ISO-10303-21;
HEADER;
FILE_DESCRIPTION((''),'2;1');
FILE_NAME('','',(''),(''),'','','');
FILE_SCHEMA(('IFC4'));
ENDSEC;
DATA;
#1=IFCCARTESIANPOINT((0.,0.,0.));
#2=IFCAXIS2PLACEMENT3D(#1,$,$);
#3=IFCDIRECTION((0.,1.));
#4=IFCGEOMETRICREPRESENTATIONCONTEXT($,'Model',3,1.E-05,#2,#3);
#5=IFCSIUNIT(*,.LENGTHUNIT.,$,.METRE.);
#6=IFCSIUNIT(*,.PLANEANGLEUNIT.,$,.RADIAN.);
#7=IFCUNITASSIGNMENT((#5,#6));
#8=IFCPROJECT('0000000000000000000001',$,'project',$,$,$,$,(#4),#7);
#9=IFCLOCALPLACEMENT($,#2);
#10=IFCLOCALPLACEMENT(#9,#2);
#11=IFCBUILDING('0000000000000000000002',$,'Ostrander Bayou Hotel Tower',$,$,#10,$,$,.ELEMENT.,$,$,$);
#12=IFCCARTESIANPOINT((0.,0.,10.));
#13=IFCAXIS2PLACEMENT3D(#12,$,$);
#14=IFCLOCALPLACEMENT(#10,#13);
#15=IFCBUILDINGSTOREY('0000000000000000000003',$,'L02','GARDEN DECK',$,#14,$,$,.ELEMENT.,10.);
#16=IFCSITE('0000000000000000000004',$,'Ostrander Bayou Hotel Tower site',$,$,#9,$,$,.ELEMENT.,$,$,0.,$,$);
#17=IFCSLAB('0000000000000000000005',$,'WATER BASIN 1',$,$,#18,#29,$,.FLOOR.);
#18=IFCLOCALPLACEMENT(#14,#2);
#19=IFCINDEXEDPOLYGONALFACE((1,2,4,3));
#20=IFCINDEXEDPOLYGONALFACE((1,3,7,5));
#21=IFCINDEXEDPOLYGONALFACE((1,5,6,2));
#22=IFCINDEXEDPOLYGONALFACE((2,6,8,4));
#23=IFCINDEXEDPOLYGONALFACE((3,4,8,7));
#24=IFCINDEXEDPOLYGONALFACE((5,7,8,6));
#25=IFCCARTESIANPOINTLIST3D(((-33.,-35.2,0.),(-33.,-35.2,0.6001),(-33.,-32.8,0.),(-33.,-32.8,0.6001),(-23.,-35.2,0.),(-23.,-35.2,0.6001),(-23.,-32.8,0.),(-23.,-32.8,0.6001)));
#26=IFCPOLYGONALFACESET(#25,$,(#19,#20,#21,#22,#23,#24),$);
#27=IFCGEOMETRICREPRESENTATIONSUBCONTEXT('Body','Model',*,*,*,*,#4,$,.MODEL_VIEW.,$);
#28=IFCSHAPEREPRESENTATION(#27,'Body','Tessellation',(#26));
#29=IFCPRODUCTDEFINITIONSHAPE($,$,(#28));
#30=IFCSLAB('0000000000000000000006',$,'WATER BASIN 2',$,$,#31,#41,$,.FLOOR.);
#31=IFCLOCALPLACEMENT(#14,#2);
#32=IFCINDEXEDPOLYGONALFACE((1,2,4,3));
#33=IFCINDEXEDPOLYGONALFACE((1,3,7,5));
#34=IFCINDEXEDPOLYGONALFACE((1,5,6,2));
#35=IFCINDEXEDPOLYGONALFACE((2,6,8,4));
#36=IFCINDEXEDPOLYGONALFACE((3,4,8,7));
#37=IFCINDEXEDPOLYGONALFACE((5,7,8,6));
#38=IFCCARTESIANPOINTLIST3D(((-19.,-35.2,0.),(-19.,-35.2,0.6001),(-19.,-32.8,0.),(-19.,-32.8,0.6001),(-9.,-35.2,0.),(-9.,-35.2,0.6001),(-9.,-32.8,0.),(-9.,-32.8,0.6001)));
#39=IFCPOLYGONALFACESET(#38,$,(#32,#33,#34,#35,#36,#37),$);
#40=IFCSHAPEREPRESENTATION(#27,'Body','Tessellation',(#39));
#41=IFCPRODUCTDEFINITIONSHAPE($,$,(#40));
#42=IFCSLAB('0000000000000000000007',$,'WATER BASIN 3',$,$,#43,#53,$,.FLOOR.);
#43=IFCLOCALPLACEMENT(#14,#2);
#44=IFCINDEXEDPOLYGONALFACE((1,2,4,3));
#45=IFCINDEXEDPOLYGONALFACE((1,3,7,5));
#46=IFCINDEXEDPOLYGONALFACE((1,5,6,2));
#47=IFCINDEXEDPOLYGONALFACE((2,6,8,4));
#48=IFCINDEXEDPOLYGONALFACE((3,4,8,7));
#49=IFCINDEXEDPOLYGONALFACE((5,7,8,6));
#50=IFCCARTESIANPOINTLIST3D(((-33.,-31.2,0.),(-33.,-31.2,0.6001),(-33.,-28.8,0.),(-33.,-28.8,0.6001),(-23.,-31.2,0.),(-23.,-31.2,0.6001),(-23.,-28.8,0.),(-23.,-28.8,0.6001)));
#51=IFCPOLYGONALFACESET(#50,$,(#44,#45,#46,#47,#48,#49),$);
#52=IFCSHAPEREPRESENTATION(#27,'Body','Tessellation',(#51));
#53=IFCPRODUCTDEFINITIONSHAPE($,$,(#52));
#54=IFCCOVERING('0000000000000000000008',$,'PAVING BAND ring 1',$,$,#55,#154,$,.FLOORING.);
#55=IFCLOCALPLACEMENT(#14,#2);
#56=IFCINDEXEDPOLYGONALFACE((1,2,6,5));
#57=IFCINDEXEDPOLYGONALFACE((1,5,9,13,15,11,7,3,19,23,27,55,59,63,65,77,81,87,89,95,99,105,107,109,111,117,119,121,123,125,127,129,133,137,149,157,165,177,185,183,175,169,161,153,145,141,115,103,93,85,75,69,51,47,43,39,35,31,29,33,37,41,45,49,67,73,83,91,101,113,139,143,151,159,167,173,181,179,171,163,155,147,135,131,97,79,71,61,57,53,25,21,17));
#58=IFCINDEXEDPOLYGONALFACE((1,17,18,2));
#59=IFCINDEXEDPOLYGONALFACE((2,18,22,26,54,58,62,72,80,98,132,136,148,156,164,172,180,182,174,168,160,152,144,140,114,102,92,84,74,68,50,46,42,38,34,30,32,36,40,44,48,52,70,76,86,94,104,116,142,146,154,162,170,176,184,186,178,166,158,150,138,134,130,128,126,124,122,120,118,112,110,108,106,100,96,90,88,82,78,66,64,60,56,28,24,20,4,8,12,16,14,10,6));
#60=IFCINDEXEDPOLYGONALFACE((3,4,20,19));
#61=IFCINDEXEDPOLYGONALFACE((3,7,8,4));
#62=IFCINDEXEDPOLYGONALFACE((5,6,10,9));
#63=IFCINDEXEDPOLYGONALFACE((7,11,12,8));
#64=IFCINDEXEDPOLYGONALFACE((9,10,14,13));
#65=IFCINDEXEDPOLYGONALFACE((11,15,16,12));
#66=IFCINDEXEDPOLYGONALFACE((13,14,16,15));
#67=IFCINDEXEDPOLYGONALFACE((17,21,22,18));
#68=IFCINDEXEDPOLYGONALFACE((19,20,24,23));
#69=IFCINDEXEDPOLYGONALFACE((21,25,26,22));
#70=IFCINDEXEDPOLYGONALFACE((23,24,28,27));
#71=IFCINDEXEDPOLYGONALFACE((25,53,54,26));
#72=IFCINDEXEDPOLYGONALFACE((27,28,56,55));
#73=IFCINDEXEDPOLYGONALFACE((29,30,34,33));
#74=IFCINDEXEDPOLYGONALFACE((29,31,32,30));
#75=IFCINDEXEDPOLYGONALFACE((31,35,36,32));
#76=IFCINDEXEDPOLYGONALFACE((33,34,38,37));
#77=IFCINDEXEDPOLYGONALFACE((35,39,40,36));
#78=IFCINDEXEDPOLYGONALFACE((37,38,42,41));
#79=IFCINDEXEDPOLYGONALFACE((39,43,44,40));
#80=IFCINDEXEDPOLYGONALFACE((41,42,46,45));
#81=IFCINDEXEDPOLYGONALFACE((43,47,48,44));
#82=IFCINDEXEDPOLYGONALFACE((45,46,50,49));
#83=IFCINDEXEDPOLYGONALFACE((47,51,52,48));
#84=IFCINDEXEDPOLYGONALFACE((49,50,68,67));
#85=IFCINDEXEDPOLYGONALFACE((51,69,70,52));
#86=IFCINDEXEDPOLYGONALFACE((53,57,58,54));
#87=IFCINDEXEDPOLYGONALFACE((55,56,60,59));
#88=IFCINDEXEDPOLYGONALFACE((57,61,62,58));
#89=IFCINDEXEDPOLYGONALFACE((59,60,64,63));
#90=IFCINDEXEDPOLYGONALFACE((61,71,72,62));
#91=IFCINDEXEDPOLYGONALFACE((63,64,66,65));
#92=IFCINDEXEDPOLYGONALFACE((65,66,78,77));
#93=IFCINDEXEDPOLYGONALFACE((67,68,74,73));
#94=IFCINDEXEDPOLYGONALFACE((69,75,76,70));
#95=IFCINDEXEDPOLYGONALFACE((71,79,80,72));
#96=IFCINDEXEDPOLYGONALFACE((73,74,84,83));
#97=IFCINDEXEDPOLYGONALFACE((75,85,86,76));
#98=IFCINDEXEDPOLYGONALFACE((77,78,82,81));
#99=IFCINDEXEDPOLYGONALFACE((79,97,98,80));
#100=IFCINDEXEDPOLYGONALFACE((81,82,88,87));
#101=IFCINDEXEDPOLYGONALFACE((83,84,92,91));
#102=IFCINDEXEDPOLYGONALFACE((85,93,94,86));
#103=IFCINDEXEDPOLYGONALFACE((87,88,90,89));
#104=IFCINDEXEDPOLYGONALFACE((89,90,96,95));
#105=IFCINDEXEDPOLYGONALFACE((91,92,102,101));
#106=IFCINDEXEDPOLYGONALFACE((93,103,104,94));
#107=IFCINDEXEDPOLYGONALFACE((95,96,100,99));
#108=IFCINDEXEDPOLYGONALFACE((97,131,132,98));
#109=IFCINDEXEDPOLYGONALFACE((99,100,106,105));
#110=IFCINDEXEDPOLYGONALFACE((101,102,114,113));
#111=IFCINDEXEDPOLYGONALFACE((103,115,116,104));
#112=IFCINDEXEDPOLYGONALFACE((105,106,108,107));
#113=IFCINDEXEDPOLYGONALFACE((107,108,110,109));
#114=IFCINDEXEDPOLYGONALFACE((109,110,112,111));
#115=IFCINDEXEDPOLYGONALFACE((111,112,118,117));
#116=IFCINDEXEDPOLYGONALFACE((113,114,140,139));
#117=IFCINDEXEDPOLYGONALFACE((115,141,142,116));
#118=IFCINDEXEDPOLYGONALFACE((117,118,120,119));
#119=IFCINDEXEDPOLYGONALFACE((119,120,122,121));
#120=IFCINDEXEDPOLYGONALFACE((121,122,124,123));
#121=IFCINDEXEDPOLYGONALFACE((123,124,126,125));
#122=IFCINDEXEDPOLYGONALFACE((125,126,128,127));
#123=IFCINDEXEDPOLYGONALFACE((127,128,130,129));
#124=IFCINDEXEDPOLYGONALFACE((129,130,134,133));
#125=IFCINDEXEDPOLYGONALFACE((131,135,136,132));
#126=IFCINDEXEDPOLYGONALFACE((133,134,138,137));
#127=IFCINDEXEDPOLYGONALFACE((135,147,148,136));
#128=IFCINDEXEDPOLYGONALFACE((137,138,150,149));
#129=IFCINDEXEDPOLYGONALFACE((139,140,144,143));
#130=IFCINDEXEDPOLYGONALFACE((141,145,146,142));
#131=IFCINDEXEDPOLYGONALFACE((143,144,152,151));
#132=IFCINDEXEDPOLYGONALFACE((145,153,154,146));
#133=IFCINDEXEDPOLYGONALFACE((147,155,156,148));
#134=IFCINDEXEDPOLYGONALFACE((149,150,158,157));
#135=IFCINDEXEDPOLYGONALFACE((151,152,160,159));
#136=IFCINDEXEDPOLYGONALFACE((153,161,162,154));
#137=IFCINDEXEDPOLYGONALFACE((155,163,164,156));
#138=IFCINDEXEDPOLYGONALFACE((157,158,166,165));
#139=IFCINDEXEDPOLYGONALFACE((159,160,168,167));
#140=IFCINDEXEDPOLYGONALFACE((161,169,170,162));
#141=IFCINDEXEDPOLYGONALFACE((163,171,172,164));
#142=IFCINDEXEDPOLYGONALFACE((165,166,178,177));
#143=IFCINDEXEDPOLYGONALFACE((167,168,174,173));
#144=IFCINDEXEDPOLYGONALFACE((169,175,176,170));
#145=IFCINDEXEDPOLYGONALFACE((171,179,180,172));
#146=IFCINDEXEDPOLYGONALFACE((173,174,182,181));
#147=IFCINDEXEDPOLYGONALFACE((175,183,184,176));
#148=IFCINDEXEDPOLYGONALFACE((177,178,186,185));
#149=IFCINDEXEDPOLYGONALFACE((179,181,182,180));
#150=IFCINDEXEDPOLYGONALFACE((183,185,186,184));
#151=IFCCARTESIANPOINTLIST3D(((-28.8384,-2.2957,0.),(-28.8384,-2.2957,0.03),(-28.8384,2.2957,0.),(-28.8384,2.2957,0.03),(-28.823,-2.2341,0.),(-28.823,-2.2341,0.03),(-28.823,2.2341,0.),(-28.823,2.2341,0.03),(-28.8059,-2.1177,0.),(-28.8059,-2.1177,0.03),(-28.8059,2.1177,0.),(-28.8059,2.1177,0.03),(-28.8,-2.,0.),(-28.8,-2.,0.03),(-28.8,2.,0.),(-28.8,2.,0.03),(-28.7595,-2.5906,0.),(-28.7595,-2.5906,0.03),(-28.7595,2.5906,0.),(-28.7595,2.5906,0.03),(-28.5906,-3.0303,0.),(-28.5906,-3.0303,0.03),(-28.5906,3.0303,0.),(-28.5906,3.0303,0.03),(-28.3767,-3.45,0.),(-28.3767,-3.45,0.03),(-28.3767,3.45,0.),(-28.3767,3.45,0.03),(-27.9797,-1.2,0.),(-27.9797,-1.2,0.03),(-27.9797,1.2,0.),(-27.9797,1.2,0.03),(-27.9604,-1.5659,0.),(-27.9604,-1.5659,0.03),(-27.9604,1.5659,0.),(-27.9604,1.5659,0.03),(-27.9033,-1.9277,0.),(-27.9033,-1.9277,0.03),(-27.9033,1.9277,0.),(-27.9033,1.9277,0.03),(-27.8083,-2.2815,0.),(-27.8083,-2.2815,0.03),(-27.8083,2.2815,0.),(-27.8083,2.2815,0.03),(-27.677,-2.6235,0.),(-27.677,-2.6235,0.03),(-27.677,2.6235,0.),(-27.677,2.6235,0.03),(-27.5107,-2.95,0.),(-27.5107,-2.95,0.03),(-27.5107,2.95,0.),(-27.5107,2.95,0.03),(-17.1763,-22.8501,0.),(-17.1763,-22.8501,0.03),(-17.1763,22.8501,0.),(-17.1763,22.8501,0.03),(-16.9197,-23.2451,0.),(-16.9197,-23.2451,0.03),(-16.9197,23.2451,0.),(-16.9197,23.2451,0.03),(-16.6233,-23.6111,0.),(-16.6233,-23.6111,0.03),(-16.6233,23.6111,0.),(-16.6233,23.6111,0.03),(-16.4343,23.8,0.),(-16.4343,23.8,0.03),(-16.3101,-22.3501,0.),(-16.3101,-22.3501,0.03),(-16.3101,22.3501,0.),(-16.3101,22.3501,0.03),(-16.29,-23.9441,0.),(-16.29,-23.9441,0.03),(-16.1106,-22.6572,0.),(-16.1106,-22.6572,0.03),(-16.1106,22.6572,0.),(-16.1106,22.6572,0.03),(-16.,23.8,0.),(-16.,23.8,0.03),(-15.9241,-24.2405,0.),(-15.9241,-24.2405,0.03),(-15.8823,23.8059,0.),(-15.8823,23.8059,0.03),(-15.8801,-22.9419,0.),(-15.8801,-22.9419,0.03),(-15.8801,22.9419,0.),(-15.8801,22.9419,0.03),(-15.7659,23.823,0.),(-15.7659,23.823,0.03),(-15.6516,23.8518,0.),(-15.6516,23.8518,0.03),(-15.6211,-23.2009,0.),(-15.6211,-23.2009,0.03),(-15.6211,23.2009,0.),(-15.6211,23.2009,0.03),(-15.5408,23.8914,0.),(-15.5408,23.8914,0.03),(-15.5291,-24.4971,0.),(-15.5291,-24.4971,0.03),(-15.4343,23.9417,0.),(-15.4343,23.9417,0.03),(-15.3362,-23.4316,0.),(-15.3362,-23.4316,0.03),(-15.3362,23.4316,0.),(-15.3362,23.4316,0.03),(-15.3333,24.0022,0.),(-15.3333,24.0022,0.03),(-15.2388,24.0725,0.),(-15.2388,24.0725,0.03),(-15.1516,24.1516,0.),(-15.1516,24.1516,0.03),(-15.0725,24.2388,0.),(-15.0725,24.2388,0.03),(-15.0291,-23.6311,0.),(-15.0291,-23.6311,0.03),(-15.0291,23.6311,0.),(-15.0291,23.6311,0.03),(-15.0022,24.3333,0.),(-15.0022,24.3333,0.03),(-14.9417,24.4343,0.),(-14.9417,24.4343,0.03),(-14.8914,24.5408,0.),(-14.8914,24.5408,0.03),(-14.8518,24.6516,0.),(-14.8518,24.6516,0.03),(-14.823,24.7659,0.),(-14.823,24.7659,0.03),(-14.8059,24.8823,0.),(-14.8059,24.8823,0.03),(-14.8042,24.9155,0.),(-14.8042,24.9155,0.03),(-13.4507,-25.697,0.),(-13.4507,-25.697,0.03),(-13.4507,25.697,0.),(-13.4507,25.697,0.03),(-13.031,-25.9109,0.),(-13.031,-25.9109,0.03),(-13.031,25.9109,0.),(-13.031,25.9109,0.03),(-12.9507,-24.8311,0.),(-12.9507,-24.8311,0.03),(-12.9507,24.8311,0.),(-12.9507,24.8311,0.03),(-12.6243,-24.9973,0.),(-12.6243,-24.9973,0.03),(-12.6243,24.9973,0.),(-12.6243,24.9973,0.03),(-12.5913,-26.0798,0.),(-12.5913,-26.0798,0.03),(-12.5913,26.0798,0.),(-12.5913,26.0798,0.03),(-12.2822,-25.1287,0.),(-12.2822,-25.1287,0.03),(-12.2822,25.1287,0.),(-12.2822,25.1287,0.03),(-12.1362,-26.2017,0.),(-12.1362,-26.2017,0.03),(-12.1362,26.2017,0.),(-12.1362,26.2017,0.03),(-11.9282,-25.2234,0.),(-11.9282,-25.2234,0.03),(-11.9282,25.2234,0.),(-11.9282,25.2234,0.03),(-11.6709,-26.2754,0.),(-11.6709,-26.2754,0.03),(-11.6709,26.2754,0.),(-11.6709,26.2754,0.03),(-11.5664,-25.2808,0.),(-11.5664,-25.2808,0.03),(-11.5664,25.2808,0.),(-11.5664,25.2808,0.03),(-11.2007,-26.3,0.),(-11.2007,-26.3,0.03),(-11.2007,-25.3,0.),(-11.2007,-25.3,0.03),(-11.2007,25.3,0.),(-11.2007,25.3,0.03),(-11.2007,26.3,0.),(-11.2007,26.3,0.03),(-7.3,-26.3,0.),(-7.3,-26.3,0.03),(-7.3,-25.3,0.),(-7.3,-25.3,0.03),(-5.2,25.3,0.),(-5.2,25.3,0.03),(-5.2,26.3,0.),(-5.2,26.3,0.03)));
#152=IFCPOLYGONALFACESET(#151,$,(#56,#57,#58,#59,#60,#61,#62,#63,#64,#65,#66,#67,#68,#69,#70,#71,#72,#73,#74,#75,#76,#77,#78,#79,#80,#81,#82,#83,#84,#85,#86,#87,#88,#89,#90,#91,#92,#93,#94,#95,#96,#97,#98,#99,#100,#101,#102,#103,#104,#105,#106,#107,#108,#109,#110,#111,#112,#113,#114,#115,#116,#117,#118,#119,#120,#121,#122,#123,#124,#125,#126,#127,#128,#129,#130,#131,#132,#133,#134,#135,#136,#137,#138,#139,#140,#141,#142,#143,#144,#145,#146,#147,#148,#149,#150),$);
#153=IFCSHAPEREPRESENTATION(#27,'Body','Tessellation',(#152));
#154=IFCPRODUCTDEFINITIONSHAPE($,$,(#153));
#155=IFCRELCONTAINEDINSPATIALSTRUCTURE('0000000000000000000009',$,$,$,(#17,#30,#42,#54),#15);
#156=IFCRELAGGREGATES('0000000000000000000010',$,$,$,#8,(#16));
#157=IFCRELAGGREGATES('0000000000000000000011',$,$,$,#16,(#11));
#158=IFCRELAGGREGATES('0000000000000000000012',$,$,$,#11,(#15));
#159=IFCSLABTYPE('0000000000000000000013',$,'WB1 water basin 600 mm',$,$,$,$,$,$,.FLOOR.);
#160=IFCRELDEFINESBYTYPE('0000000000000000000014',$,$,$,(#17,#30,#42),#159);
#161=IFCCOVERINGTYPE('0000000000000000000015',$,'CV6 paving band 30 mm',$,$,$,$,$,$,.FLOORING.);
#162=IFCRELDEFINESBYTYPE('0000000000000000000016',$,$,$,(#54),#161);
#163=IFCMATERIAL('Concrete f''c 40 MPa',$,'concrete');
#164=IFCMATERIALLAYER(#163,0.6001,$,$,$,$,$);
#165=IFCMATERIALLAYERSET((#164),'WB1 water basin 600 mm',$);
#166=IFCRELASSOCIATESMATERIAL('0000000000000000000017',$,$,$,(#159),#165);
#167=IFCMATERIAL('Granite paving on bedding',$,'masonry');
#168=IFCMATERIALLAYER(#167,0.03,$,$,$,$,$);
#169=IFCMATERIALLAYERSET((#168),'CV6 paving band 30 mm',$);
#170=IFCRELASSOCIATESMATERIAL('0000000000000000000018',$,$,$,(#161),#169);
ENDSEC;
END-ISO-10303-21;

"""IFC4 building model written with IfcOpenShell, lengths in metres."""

from ifc_helpers import new_model, si_unit, direction, frame, origin, place, context, subcontext, project, spatial, polyline, outline, extrude, material, layer, layer_set, type_object, element, save


model = new_model("IFC4")

# Units and contexts
model_context = context("Model", 3, precision=1e-05, world=origin(), true_north=direction((0.0, 1.0)))
body_context = subcontext(model_context, "Body", "Model", "MODEL_VIEW")
ifc_project = project(units=[si_unit("LENGTHUNIT", "METRE"), si_unit("PLANEANGLEUNIT", "RADIAN")], contexts=[model_context])

# Site, building, storey
site_placement = place(None, origin())
site = spatial("IfcSite", under=ifc_project, at=site_placement, Name="Ostrander Bayou Hotel Tower site", CompositionType="ELEMENT", RefElevation=0.0)
building_placement = place(site_placement, origin())
building = spatial("IfcBuilding", under=site, at=building_placement, Name="Ostrander Bayou Hotel Tower", CompositionType="ELEMENT")
storey_placement = place(building_placement, frame((0.0, 0.0, 10.0)))
storey = spatial("IfcBuildingStorey", under=building, at=storey_placement, Name="L02", Description="GARDEN DECK", CompositionType="ELEMENT", Elevation=10.0)

# Slabs
ifc_material_1 = material(Name="Concrete f'c 40 MPa", Category="concrete")
ifc_layer_1 = layer(ifc_material_1, 0.6001)
ifc_layer_set_1 = layer_set([ifc_layer_1], Name="WB1 water basin 600 mm")
slab_type_1 = type_object("IfcSlabType", Name="WB1 water basin 600 mm", PredefinedType="FLOOR", material=ifc_layer_set_1)
slab_1_placement = place(storey_placement, origin())
element("IfcSlab", 1, at=slab_1_placement, inside=storey, type_object=slab_type_1, Name="WATER BASIN 1", PredefinedType="FLOOR", context=body_context, shape_type="SweptSolid", body=[
    extrude(outline(polyline([(-23.0, -35.2), (-23.0, -32.8), (-33.0, -32.8), (-33.0, -35.2), (-23.0, -35.2)])), origin(), (0.0, 0.0, 1.0), 0.6001),
])
slab_2_placement = place(storey_placement, origin())
element("IfcSlab", 2, at=slab_2_placement, inside=storey, type_object=slab_type_1, Name="WATER BASIN 2", PredefinedType="FLOOR", context=body_context, shape_type="SweptSolid", body=[
    extrude(outline(polyline([(-9.0, -35.2), (-9.0, -32.8), (-19.0, -32.8), (-19.0, -35.2), (-9.0, -35.2)])), origin(), (0.0, 0.0, 1.0), 0.6001),
])
slab_3_placement = place(storey_placement, origin())
element("IfcSlab", 3, at=slab_3_placement, inside=storey, type_object=slab_type_1, Name="WATER BASIN 3", PredefinedType="FLOOR", context=body_context, shape_type="SweptSolid", body=[
    extrude(outline(polyline([(-23.0, -31.2), (-23.0, -28.8), (-33.0, -28.8), (-33.0, -31.2), (-23.0, -31.2)])), origin(), (0.0, 0.0, 1.0), 0.6001),
])

# Covering
ifc_material_2 = material(Name="Granite paving on bedding", Category="masonry")
ifc_layer_2 = layer(ifc_material_2, 0.03)
ifc_layer_set_2 = layer_set([ifc_layer_2], Name="CV6 paving band 30 mm")
covering_type = type_object("IfcCoveringType", Name="CV6 paving band 30 mm", PredefinedType="FLOORING", material=ifc_layer_set_2)
covering_1_placement = place(storey_placement, origin())
element("IfcCovering", 4, at=covering_1_placement, inside=storey, type_object=covering_type, Name="PAVING BAND ring 1", PredefinedType="FLOORING", context=body_context, shape_type="SweptSolid", body=[
    extrude(outline(polyline([(-16.4343, 23.8), (-16.0, 23.8), (-15.8823, 23.8059), (-15.7659, 23.823), (-15.6516, 23.8518), (-15.5408, 23.8914), (-15.4343, 23.9417), (-15.3333, 24.0022), (-15.2388, 24.0725), (-15.1516, 24.1516), (-15.0725, 24.2388), (-15.0022, 24.3333), (-14.9417, 24.4343), (-14.8914, 24.5408), (-14.8518, 24.6516), (-14.823, 24.7659), (-14.8059, 24.8823), (-14.8042, 24.9155), (-13.4507, 25.697), (-13.031, 25.9109), (-12.5913, 26.0798), (-12.1362, 26.2017), (-11.6709, 26.2754), (-11.2007, 26.3), (-5.2, 26.3), (-5.2, 25.3), (-11.2007, 25.3), (-11.5664, 25.2808), (-11.9282, 25.2234), (-12.2822, 25.1287), (-12.6243, 24.9973), (-12.9507, 24.8311), (-15.0291, 23.6311), (-15.3362, 23.4316), (-15.6211, 23.2009), (-15.8801, 22.9419), (-16.1106, 22.6572), (-16.3101, 22.3501), (-27.5107, 2.95), (-27.677, 2.6235), (-27.8083, 2.2815), (-27.9033, 1.9277), (-27.9604, 1.5659), (-27.9797, 1.2), (-27.9797, -1.2), (-27.9604, -1.5659), (-27.9033, -1.9277), (-27.8083, -2.2815), (-27.677, -2.6235), (-27.5107, -2.95), (-16.3101, -22.3501), (-16.1106, -22.6572), (-15.8801, -22.9419), (-15.6211, -23.2009), (-15.3362, -23.4316), (-15.0291, -23.6311), (-12.9507, -24.8311), (-12.6243, -24.9973), (-12.2822, -25.1287), (-11.9282, -25.2234), (-11.5664, -25.2808), (-11.2007, -25.3), (-7.3, -25.3), (-7.3, -26.3), (-11.2007, -26.3), (-11.6709, -26.2754), (-12.1362, -26.2017), (-12.5913, -26.0798), (-13.031, -25.9109), (-13.4507, -25.697), (-15.5291, -24.4971), (-15.9241, -24.2405), (-16.29, -23.9441), (-16.6233, -23.6111), (-16.9197, -23.2451), (-17.1763, -22.8501), (-28.3767, -3.45), (-28.5906, -3.0303), (-28.7595, -2.5906), (-28.8384, -2.2957), (-28.823, -2.2341), (-28.8059, -2.1177), (-28.8, -2.0), (-28.8, 2.0), (-28.8059, 2.1177), (-28.823, 2.2341), (-28.8384, 2.2957), (-28.7595, 2.5906), (-28.5906, 3.0303), (-28.3767, 3.45), (-17.1763, 22.8501), (-16.9197, 23.2451), (-16.6233, 23.6111), (-16.4343, 23.8)])), origin(), (0.0, 0.0, 1.0), 0.03),
])

save(model, "model.ifc")
